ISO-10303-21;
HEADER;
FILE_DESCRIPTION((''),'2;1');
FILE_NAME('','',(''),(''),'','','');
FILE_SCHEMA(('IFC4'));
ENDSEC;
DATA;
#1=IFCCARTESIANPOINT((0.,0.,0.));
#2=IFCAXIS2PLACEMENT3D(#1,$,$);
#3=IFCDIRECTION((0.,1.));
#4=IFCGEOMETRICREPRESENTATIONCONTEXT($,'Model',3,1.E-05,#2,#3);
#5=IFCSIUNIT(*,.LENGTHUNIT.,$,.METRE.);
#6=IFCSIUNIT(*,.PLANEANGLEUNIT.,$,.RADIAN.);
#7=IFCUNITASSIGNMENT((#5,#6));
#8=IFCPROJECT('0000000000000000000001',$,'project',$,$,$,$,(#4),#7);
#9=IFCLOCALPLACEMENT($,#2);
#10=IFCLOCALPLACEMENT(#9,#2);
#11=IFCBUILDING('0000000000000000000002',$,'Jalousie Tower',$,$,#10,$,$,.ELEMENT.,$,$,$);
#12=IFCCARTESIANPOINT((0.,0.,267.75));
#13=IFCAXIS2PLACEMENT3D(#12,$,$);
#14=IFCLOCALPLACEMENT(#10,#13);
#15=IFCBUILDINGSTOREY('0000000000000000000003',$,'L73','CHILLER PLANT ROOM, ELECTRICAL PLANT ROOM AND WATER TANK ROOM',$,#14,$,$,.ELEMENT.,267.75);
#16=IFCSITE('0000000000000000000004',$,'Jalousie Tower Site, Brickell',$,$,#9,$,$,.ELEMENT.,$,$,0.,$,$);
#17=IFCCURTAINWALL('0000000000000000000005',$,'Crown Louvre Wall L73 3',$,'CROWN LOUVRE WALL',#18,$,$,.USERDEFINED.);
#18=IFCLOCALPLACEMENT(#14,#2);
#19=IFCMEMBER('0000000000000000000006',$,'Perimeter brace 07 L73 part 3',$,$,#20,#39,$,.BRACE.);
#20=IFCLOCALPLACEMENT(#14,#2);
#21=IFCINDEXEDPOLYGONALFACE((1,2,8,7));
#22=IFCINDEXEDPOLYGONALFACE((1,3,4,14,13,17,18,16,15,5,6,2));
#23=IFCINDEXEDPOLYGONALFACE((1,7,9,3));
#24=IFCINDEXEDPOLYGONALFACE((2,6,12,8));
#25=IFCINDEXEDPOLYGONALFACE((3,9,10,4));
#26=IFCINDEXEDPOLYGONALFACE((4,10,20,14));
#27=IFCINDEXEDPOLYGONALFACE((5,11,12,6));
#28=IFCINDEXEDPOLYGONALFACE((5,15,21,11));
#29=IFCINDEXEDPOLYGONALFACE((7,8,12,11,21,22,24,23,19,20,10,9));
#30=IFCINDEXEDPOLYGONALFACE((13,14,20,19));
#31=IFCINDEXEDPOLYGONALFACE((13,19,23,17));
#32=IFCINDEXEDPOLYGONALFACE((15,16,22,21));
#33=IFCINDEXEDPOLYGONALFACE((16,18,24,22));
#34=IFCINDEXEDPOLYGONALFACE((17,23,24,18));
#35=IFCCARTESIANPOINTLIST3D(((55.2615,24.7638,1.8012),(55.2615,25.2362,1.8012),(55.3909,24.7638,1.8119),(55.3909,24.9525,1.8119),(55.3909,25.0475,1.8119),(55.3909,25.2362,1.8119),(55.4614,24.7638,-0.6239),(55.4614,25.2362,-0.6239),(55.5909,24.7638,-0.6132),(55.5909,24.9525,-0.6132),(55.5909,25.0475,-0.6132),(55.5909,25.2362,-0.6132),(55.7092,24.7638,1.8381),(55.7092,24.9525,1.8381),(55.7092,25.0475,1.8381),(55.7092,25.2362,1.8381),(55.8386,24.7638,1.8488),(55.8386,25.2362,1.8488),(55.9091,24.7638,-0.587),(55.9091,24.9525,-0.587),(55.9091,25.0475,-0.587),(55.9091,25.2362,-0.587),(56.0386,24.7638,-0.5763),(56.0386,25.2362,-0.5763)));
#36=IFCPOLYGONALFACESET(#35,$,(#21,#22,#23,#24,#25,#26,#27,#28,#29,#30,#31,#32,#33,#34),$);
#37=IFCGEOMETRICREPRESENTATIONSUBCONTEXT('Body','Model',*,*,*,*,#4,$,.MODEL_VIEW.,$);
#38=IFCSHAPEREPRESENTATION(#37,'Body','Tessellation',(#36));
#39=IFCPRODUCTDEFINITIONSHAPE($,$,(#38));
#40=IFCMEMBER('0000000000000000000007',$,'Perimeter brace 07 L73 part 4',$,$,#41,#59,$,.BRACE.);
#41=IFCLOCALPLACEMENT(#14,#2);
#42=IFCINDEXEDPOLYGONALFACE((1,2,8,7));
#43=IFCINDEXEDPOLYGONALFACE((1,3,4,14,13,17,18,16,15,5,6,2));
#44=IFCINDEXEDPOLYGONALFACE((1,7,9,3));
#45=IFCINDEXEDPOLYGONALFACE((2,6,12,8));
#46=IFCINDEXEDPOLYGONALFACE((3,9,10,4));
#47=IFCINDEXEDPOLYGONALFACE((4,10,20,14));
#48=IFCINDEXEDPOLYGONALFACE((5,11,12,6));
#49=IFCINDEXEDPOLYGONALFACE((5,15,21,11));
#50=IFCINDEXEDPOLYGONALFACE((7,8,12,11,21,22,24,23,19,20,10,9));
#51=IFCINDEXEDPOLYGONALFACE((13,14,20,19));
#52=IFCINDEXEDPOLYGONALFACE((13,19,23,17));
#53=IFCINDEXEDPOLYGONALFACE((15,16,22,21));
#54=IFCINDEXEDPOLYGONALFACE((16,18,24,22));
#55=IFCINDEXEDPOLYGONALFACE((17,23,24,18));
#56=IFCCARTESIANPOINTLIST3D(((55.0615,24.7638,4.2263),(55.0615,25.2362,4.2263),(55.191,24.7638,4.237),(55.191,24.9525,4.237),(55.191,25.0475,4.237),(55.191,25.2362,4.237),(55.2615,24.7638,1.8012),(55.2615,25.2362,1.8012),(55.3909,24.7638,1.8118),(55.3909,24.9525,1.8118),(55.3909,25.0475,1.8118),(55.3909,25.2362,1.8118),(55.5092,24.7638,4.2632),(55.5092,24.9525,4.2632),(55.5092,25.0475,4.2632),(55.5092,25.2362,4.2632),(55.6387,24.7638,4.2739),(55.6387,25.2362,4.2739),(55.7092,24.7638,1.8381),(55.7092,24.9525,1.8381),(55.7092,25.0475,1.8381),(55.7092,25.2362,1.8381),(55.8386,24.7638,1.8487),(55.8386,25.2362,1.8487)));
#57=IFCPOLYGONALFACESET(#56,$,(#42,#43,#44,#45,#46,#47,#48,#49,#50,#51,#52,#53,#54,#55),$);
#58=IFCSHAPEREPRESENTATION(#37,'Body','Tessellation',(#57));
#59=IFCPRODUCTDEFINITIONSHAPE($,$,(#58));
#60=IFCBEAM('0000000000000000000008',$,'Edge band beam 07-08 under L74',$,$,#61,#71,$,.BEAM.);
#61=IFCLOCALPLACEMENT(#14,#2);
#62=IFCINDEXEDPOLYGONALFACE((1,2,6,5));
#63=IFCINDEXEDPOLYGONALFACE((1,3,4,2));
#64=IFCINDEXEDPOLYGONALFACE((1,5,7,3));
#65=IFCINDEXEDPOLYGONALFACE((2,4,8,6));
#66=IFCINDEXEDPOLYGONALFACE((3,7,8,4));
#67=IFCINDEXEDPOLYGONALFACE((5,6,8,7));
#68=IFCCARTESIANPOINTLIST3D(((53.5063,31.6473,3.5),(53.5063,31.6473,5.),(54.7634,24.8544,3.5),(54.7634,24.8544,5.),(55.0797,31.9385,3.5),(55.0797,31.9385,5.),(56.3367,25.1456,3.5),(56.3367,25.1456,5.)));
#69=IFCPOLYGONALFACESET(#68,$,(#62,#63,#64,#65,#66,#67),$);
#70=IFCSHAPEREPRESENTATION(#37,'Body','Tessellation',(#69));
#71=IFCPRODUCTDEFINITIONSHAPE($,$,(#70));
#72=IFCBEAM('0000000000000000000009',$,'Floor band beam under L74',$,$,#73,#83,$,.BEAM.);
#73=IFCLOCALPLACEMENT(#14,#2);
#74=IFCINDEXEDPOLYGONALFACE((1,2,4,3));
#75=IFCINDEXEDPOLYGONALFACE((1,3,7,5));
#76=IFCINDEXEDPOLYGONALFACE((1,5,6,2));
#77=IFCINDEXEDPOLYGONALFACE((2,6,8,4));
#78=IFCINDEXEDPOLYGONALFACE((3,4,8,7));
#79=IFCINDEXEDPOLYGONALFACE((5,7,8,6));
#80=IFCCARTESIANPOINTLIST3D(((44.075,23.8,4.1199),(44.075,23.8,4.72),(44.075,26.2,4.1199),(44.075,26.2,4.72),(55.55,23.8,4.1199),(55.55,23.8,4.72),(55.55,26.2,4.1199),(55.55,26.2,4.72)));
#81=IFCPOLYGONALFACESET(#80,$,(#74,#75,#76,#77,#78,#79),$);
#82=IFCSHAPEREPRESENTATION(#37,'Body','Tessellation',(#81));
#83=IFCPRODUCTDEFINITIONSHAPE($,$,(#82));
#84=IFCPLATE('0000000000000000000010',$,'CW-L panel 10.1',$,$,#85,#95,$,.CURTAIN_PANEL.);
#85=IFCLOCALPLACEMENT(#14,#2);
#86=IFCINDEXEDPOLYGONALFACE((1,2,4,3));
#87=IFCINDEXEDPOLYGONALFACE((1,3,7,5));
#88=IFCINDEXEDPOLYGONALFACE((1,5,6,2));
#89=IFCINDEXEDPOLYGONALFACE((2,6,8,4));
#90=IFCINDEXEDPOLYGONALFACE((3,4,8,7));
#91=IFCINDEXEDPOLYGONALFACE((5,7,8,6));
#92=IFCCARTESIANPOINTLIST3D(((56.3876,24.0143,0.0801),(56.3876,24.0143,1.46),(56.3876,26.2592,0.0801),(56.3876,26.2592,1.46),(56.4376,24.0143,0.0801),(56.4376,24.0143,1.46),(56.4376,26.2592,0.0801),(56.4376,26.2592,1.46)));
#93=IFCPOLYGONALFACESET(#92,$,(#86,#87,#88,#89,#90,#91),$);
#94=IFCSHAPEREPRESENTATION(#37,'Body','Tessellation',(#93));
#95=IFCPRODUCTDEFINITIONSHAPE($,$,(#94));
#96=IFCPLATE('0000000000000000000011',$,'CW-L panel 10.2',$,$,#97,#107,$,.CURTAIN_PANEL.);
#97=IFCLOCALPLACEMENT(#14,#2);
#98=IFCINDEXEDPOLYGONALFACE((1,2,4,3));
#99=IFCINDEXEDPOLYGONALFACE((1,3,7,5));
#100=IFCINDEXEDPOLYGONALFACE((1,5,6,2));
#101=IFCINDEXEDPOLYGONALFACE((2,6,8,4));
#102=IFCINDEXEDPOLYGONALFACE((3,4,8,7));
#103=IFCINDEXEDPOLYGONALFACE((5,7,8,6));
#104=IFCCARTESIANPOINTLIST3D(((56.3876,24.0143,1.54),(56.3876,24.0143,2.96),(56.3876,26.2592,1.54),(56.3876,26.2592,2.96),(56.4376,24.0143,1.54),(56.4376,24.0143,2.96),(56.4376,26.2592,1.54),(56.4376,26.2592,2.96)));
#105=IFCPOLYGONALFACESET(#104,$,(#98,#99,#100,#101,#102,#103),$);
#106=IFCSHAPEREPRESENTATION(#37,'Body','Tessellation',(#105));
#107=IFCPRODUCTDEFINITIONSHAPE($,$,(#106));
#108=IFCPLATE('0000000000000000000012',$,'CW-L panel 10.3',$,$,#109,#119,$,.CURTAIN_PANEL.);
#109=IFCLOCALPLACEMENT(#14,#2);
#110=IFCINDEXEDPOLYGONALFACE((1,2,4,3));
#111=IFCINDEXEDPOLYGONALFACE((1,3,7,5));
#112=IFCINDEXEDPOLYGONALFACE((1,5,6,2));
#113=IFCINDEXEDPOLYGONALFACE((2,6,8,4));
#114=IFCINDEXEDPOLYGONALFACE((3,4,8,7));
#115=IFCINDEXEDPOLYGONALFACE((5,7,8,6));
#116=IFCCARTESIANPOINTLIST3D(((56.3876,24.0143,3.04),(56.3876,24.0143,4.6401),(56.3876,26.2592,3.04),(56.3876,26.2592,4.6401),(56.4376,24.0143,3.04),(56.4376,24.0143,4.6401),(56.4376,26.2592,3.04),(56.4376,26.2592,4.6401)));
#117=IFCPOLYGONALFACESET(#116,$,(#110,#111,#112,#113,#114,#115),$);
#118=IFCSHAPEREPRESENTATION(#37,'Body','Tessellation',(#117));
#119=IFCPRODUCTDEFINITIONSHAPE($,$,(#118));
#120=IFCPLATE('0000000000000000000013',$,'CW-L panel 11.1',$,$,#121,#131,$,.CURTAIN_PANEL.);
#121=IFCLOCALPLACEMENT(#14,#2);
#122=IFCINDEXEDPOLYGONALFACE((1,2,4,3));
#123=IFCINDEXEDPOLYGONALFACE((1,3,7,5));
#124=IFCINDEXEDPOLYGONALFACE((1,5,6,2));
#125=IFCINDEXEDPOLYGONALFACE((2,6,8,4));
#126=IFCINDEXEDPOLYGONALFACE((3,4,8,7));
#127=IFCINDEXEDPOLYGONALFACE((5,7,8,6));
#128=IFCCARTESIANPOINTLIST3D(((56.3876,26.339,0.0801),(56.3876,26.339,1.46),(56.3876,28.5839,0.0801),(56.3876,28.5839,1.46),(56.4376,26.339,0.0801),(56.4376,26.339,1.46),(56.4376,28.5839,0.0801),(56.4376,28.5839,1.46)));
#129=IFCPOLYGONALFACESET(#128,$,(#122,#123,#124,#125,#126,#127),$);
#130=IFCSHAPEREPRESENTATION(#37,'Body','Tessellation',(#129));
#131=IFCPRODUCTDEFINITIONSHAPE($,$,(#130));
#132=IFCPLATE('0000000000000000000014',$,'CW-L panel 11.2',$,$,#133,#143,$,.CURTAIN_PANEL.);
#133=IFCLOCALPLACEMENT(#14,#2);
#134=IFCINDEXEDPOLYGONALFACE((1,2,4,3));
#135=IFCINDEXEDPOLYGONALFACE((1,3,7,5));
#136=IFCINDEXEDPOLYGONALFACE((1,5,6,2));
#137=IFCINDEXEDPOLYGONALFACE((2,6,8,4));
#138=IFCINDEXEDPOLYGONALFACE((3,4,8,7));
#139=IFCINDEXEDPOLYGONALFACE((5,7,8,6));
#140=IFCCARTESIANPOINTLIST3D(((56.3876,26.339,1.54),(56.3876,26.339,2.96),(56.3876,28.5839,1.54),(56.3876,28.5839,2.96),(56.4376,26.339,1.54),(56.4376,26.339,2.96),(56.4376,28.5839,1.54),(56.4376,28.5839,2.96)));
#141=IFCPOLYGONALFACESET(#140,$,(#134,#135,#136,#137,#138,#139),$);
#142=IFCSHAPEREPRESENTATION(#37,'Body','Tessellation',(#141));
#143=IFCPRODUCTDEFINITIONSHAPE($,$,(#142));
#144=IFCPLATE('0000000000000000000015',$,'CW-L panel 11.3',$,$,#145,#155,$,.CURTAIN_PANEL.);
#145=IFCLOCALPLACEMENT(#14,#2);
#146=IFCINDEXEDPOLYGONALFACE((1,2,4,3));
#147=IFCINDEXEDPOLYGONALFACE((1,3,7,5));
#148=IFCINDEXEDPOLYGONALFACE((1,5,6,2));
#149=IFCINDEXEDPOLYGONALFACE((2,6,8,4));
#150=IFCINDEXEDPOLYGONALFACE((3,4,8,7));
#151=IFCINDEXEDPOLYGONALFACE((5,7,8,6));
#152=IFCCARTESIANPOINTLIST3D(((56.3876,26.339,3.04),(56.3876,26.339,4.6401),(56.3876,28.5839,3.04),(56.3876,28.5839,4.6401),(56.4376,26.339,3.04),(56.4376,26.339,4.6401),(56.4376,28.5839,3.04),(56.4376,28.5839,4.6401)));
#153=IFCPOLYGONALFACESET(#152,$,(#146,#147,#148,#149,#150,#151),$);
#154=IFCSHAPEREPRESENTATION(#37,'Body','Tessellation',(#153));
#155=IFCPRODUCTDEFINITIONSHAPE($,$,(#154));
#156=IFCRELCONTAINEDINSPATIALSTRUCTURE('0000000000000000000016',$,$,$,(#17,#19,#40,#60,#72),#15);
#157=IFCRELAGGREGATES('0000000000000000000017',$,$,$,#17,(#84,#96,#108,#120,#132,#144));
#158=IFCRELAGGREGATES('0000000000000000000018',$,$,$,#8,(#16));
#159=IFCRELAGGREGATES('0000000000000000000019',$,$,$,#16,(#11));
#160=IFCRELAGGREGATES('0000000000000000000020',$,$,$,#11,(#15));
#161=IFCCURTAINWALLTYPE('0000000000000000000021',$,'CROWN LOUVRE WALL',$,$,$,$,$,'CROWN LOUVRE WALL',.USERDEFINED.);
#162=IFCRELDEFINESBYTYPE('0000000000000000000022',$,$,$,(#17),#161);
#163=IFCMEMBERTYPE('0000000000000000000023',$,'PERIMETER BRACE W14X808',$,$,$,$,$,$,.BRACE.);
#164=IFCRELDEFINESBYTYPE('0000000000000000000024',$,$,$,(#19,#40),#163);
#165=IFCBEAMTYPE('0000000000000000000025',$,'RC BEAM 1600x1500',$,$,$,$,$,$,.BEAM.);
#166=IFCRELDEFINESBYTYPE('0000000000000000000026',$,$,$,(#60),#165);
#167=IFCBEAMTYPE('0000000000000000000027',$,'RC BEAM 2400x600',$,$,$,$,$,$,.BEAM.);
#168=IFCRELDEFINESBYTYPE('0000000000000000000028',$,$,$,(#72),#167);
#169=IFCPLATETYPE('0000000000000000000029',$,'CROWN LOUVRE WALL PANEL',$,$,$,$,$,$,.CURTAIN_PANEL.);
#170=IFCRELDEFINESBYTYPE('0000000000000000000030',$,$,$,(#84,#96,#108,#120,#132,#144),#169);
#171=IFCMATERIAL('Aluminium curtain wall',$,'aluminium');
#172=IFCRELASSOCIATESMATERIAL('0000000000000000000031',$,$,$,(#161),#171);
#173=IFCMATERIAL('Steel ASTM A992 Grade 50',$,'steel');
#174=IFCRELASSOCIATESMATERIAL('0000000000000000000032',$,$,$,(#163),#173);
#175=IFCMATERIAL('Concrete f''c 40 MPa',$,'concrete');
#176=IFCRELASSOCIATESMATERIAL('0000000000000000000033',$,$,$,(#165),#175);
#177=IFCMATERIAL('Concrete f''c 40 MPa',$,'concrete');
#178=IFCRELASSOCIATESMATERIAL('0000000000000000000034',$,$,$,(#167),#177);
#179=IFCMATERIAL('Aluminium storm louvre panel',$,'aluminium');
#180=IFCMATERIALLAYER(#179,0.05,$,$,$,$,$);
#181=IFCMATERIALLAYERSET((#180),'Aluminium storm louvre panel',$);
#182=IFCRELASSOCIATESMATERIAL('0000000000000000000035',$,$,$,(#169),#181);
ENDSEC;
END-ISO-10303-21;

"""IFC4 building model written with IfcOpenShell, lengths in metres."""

from ifc_helpers import new_model, si_unit, direction, frame, origin, origin_2d, place, context, subcontext, project, spatial, rectangle, i_section, extrude, material, layer, layer_set, material_profile, profile_set, type_object, element, aggregate, save


model = new_model("IFC4")

# Units and contexts
model_context = context("Model", 3, precision=1e-05, world=origin(), true_north=direction((0.0, 1.0)))
body_context = subcontext(model_context, "Body", "Model", "MODEL_VIEW")
ifc_project = project(units=[si_unit("LENGTHUNIT", "METRE"), si_unit("PLANEANGLEUNIT", "RADIAN")], contexts=[model_context])

# Site, building, storey
site_placement = place(None, origin())
site = spatial("IfcSite", under=ifc_project, at=site_placement, Name="Jalousie Tower Site, Brickell", CompositionType="ELEMENT", RefElevation=0.0)
building_placement = place(site_placement, origin())
building = spatial("IfcBuilding", under=site, at=building_placement, Name="Jalousie Tower", CompositionType="ELEMENT")
storey_placement = place(building_placement, frame((0.0, 0.0, 267.75)))
storey = spatial("IfcBuildingStorey", under=building, at=storey_placement, Name="L73", Description="CHILLER PLANT ROOM, ELECTRICAL PLANT ROOM AND WATER TANK ROOM", CompositionType="ELEMENT", Elevation=267.75)

# Curtain wall
ifc_material_1 = material(Name="Aluminium curtain wall", Category="aluminium")
curtain_wall_type = type_object("IfcCurtainWallType", Name="CROWN LOUVRE WALL", ElementType="CROWN LOUVRE WALL", PredefinedType="USERDEFINED", material=ifc_material_1)
curtain_wall_placement = place(storey_placement, origin())
curtain_wall = element("IfcCurtainWall", 1, at=curtain_wall_placement, inside=storey, type_object=curtain_wall_type, Name="Crown Louvre Wall L73 3", ObjectType="CROWN LOUVRE WALL", PredefinedType="USERDEFINED")

# Members
ifc_material_2 = material(Name="Steel ASTM A992 Grade 50", Category="steel")
ifc_material_profile_1 = material_profile(ifc_material_2, i_section(OverallWidth=0.4724, OverallDepth=0.5791, WebThickness=0.095, FlangeThickness=0.1299, at=origin_2d()), Name="W14X808")
ifc_profile_set_1 = profile_set([ifc_material_profile_1], Name="Steel ASTM A992 Grade 50")
member_type_1 = type_object("IfcMemberType", Name="PERIMETER BRACE W14X808", PredefinedType="BRACE", material=ifc_profile_set_1)
for number, where, z_axis, x_axis, name in (
    (2, (55.75, 25.0, -0.6001), (-0.082174, 0.0, 0.996618), (0.0, -1.0, 0.0), "Perimeter brace 07 L73 part 3"),
    (3, (55.55, 25.0, 1.825), (-0.082174, 0.0, 0.996618), (0.0, -1.0, 0.0), "Perimeter brace 07 L73 part 4"),
):
    element("IfcMember", number, at=place(storey_placement, frame(where, z_axis=z_axis, x_axis=x_axis)), inside=storey, type_object=member_type_1, Name=name, PredefinedType="BRACE", context=body_context, shape_type="SweptSolid", body=[
        extrude(i_section(OverallWidth=0.4724, OverallDepth=0.5791, WebThickness=0.095, FlangeThickness=0.1299, at=origin_2d()), origin(), (0.0, 0.0, 1.0), 2.4333),
    ])

# Beams
ifc_material_3 = material(Name="Concrete f'c 40 MPa", Category="concrete")
ifc_material_profile_2 = material_profile(ifc_material_3, rectangle(XDim=1.6001, YDim=1.5, at=origin_2d()), Name="RC 1600x1500")
ifc_profile_set_2 = profile_set([ifc_material_profile_2], Name="Concrete f'c 40 MPa")
beam_type_1 = type_object("IfcBeamType", Name="RC BEAM 1600x1500", PredefinedType="BEAM", material=ifc_profile_set_2)
beam_1_placement = place(storey_placement, frame((55.55, 25.0, 4.25), z_axis=(-0.181967, 0.983305, 0.0), x_axis=(-0.983305, -0.181967, 0.0)))
element("IfcBeam", 4, at=beam_1_placement, inside=storey, type_object=beam_type_1, Name="Edge band beam 07-08 under L74", PredefinedType="BEAM", context=body_context, shape_type="SweptSolid", body=[
    extrude(rectangle(XDim=1.6001, YDim=1.5, at=origin_2d()), origin(), (0.0, 0.0, 1.0), 6.9082),
])
ifc_material_4 = material(Name="Concrete f'c 40 MPa", Category="concrete")
ifc_material_profile_3 = material_profile(ifc_material_4, rectangle(XDim=2.3999, YDim=0.6001, at=origin_2d()), Name="RC 2400x600")
ifc_profile_set_3 = profile_set([ifc_material_profile_3], Name="Concrete f'c 40 MPa")
beam_type_2 = type_object("IfcBeamType", Name="RC BEAM 2400x600", PredefinedType="BEAM", material=ifc_profile_set_3)
beam_2_placement = place(storey_placement, frame((55.55, 25.0, 4.4199), z_axis=(-1.0, 0.0, 0.0), x_axis=(0.0, -1.0, 0.0)))
element("IfcBeam", 5, at=beam_2_placement, inside=storey, type_object=beam_type_2, Name="Floor band beam under L74", PredefinedType="BEAM", context=body_context, shape_type="SweptSolid", body=[
    extrude(rectangle(XDim=2.3999, YDim=0.6001, at=origin_2d()), origin(), (0.0, 0.0, 1.0), 11.4751),
])

# Plates
ifc_material_5 = material(Name="Aluminium storm louvre panel", Category="aluminium")
ifc_layer = layer(ifc_material_5, 0.05)
ifc_layer_set = layer_set([ifc_layer], Name="Aluminium storm louvre panel")
plate_type = type_object("IfcPlateType", Name="CROWN LOUVRE WALL PANEL", PredefinedType="CURTAIN_PANEL", material=ifc_layer_set)
plate_1_placement = place(storey_placement, frame((56.4126, 25.1367, 0.0801), z_axis=(0.0, 0.0, 1.0), x_axis=(0.0, 1.0, 0.0)))
plate_1 = element("IfcPlate", 6, at=plate_1_placement, type_object=plate_type, Name="CW-L panel 10.1", PredefinedType="CURTAIN_PANEL", context=body_context, shape_type="SweptSolid", body=[
    extrude(rectangle(XDim=2.2449, YDim=0.05, at=origin_2d()), origin(), (0.0, 0.0, 1.0), 1.3799),
])
plate_2_placement = place(storey_placement, frame((56.4126, 25.1367, 1.54), z_axis=(0.0, 0.0, 1.0), x_axis=(0.0, 1.0, 0.0)))
plate_2 = element("IfcPlate", 7, at=plate_2_placement, type_object=plate_type, Name="CW-L panel 10.2", PredefinedType="CURTAIN_PANEL", context=body_context, shape_type="SweptSolid", body=[
    extrude(rectangle(XDim=2.2449, YDim=0.05, at=origin_2d()), origin(), (0.0, 0.0, 1.0), 1.4199),
])
plate_3_placement = place(storey_placement, frame((56.4126, 25.1367, 3.04), z_axis=(0.0, 0.0, 1.0), x_axis=(0.0, 1.0, 0.0)))
plate_3 = element("IfcPlate", 8, at=plate_3_placement, type_object=plate_type, Name="CW-L panel 10.3", PredefinedType="CURTAIN_PANEL", context=body_context, shape_type="SweptSolid", body=[
    extrude(rectangle(XDim=2.2449, YDim=0.05, at=origin_2d()), origin(), (0.0, 0.0, 1.0), 1.6001),
])
plate_4_placement = place(storey_placement, frame((56.4126, 27.4614, 0.0801), z_axis=(0.0, 0.0, 1.0), x_axis=(0.0, 1.0, 0.0)))
plate_4 = element("IfcPlate", 9, at=plate_4_placement, type_object=plate_type, Name="CW-L panel 11.1", PredefinedType="CURTAIN_PANEL", context=body_context, shape_type="SweptSolid", body=[
    extrude(rectangle(XDim=2.2449, YDim=0.05, at=origin_2d()), origin(), (0.0, 0.0, 1.0), 1.3799),
])
plate_5_placement = place(storey_placement, frame((56.4126, 27.4614, 1.54), z_axis=(0.0, 0.0, 1.0), x_axis=(0.0, 1.0, 0.0)))
plate_5 = element("IfcPlate", 10, at=plate_5_placement, type_object=plate_type, Name="CW-L panel 11.2", PredefinedType="CURTAIN_PANEL", context=body_context, shape_type="SweptSolid", body=[
    extrude(rectangle(XDim=2.2449, YDim=0.05, at=origin_2d()), origin(), (0.0, 0.0, 1.0), 1.4199),
])
plate_6_placement = place(storey_placement, frame((56.4126, 27.4614, 3.04), z_axis=(0.0, 0.0, 1.0), x_axis=(0.0, 1.0, 0.0)))
plate_6 = element("IfcPlate", 11, at=plate_6_placement, type_object=plate_type, Name="CW-L panel 11.3", PredefinedType="CURTAIN_PANEL", context=body_context, shape_type="SweptSolid", body=[
    extrude(rectangle(XDim=2.2449, YDim=0.05, at=origin_2d()), origin(), (0.0, 0.0, 1.0), 1.6001),
])
aggregate(curtain_wall, [plate_1, plate_2, plate_3, plate_4, plate_5, plate_6])

save(model, "model.ifc")
